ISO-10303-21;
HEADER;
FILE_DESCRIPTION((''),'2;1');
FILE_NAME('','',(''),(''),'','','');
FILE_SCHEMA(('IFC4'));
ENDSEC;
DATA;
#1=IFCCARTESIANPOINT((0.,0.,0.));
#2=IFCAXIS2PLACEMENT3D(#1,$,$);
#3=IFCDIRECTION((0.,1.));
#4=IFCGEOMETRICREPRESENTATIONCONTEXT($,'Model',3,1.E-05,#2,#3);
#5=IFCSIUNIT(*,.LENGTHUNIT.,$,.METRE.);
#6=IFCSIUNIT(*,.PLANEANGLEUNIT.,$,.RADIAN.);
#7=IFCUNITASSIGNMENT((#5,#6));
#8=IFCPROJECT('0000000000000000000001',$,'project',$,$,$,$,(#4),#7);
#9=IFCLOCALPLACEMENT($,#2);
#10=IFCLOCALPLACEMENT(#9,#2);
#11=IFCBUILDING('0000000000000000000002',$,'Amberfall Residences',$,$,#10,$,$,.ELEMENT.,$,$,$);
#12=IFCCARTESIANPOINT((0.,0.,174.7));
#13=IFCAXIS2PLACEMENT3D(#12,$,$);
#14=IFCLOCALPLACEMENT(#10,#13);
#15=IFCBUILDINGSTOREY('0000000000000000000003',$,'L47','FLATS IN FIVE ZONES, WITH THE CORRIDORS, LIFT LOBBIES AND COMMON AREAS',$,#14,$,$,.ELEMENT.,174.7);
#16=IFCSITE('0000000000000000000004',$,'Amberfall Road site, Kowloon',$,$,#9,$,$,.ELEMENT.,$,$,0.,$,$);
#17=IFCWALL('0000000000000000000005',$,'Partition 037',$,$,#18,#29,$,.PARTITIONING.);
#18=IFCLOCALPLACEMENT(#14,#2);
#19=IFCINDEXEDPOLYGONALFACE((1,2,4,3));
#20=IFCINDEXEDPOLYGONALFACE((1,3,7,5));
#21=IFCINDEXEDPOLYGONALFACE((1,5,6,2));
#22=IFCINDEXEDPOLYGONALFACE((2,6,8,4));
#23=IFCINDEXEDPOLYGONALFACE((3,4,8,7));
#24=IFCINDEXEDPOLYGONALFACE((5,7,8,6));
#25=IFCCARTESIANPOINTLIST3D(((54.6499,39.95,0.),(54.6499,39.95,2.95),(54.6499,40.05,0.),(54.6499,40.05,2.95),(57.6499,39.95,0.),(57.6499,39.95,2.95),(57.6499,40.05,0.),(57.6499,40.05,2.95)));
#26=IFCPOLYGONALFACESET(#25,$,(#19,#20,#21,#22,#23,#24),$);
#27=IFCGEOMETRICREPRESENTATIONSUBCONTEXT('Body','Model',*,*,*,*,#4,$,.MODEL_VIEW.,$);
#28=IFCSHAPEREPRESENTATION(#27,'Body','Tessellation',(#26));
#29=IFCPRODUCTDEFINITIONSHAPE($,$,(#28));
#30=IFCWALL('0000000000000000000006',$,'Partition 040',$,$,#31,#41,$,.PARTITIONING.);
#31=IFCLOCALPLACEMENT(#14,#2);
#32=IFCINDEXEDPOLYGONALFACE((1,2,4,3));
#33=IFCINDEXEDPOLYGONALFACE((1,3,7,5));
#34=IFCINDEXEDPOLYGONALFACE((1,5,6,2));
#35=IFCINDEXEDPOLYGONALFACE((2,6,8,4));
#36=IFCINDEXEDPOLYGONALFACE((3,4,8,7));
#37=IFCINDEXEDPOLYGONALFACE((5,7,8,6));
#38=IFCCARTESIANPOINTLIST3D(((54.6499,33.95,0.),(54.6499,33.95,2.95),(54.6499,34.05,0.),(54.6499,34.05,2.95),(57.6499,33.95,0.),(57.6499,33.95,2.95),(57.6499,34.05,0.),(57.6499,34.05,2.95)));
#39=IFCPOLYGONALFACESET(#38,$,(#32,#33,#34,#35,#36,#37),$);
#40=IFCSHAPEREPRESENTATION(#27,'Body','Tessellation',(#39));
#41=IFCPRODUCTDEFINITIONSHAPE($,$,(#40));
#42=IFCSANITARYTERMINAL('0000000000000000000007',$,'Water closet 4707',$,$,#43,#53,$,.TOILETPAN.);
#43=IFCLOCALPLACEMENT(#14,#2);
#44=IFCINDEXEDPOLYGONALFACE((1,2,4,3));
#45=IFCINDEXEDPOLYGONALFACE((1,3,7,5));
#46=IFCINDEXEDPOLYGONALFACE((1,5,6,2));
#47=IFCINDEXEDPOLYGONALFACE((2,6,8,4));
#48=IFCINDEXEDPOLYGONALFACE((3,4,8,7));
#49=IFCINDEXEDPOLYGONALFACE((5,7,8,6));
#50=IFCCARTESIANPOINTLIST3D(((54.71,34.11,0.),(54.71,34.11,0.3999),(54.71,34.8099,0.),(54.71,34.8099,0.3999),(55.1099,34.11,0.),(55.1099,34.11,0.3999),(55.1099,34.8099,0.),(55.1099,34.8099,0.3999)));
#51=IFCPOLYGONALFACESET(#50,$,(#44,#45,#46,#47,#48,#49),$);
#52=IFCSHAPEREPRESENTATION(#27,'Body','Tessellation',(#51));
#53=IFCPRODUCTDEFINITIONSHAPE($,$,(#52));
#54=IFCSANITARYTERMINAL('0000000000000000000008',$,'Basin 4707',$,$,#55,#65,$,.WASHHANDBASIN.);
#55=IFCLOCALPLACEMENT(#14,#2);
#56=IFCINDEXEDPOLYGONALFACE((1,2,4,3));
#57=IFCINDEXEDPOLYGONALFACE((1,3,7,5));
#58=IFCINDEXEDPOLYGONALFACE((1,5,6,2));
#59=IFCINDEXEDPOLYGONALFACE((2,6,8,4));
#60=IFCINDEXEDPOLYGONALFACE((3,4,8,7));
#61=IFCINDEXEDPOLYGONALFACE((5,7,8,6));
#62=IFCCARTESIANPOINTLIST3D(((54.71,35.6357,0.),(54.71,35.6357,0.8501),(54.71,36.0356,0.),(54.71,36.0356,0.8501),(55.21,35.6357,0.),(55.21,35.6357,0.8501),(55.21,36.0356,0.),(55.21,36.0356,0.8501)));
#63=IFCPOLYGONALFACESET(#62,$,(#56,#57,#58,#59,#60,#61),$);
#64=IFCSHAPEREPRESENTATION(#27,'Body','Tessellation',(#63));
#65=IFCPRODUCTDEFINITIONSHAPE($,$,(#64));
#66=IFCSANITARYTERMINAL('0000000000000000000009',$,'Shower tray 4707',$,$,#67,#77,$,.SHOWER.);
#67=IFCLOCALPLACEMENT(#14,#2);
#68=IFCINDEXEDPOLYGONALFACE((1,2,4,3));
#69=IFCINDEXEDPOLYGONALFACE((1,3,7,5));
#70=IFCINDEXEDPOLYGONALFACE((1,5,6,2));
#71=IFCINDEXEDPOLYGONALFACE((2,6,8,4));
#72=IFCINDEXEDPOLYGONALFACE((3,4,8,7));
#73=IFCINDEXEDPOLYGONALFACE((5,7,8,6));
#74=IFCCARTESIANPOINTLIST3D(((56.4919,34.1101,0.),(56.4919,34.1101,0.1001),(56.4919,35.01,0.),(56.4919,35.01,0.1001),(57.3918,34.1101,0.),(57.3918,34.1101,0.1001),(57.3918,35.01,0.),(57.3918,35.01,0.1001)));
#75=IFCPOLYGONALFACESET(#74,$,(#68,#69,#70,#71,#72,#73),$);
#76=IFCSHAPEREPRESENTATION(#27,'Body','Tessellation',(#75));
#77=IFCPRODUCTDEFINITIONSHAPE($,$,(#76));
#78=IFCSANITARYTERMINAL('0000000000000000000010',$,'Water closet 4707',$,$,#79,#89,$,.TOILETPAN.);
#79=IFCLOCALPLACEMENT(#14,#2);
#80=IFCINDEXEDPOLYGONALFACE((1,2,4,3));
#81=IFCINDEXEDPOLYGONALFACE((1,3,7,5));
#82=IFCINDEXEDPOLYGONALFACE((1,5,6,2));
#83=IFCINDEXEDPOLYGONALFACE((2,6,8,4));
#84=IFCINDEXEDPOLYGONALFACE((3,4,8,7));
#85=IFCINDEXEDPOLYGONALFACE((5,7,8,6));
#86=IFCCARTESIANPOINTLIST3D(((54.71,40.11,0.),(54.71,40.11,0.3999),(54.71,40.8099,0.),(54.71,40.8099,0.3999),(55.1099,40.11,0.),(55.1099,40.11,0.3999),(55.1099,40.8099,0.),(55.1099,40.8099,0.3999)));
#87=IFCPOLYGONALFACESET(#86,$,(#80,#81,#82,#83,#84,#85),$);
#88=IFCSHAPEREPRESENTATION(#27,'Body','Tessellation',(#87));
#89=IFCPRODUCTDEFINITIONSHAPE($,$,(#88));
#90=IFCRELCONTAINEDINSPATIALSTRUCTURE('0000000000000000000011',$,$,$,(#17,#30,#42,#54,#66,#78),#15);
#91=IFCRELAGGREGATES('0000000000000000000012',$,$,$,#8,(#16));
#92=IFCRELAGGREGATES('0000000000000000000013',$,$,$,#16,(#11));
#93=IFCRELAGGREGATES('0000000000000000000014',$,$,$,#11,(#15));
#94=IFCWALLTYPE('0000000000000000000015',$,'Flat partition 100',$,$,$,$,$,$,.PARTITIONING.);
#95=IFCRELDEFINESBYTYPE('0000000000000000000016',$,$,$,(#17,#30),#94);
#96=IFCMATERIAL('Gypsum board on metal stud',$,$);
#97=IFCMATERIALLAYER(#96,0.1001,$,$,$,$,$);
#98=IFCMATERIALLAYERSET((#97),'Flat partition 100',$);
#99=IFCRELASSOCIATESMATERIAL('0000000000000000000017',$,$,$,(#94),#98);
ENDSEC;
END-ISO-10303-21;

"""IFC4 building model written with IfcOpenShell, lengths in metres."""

from ifc_helpers import new_model, si_unit, direction, frame, frame_2d, origin, origin_2d, place, context, subcontext, project, spatial, rectangle, extrude, material, layer, layer_set, type_object, element, save


model = new_model("IFC4")

# Units and contexts
model_context = context("Model", 3, precision=1e-05, world=origin(), true_north=direction((0.0, 1.0)))
body_context = subcontext(model_context, "Body", "Model", "MODEL_VIEW")
ifc_project = project(units=[si_unit("LENGTHUNIT", "METRE"), si_unit("PLANEANGLEUNIT", "RADIAN")], contexts=[model_context])

# Site, building, storey
site_placement = place(None, origin())
site = spatial("IfcSite", under=ifc_project, at=site_placement, Name="Amberfall Road site, Kowloon", CompositionType="ELEMENT", RefElevation=0.0)
building_placement = place(site_placement, origin())
building = spatial("IfcBuilding", under=site, at=building_placement, Name="Amberfall Residences", CompositionType="ELEMENT")
storey_placement = place(building_placement, frame((0.0, 0.0, 174.7)))
storey = spatial("IfcBuildingStorey", under=building, at=storey_placement, Name="L47", Description="FLATS IN FIVE ZONES, WITH THE CORRIDORS, LIFT LOBBIES AND COMMON AREAS", CompositionType="ELEMENT", Elevation=174.7)

# Shared definitions
ifc_material_1 = material(Name="Gypsum board on metal stud")
ifc_layer_1 = layer(ifc_material_1, 0.1001)
ifc_layer_set_1 = layer_set([ifc_layer_1], Name="Flat partition 100")
wall_type_1 = type_object("IfcWallType", Name="Flat partition 100", PredefinedType="PARTITIONING", material=ifc_layer_set_1)

# Walls
for number, where, z_axis, x_axis, name in (
    (1, (54.6499, 40.0, 0.0), (0.0, 0.0, 1.0), (1.0, 0.0, 0.0), "Partition 037"),
    (2, (54.6499, 34.0, 0.0), (0.0, 0.0, 1.0), (1.0, 0.0, 0.0), "Partition 040"),
):
    element("IfcWall", number, at=place(storey_placement, frame(where, z_axis=z_axis, x_axis=x_axis)), inside=storey, type_object=wall_type_1, Name=name, PredefinedType="PARTITIONING", context=body_context, shape_type="SweptSolid", body=[
        extrude(rectangle(XDim=3.0, YDim=0.1001, at=frame_2d((1.5, 0.0))), origin(), (0.0, 0.0, 1.0), 2.95),
    ])

# Sanitary terminals
sanitary_terminal_1_placement = place(storey_placement, frame((54.9099, 34.46, 0.0), z_axis=(0.0, 0.0, 1.0), x_axis=(1.0, 0.0, 0.0)))
element("IfcSanitaryTerminal", 3, at=sanitary_terminal_1_placement, inside=storey, Name="Water closet 4707", PredefinedType="TOILETPAN", context=body_context, shape_type="SweptSolid", body=[
    extrude(rectangle(XDim=0.3999, YDim=0.7, at=origin_2d()), origin(), (0.0, 0.0, 1.0), 0.3999),
])
sanitary_terminal_2_placement = place(storey_placement, frame((54.96, 35.8357, 0.0), z_axis=(0.0, 0.0, 1.0), x_axis=(1.0, 0.0, 0.0)))
element("IfcSanitaryTerminal", 4, at=sanitary_terminal_2_placement, inside=storey, Name="Basin 4707", PredefinedType="WASHHANDBASIN", context=body_context, shape_type="SweptSolid", body=[
    extrude(rectangle(XDim=0.5, YDim=0.3999, at=origin_2d()), origin(), (0.0, 0.0, 1.0), 0.8501),
])
sanitary_terminal_3_placement = place(storey_placement, frame((56.9419, 34.5601, 0.0), z_axis=(0.0, 0.0, 1.0), x_axis=(1.0, 0.0, 0.0)))
element("IfcSanitaryTerminal", 5, at=sanitary_terminal_3_placement, inside=storey, Name="Shower tray 4707", PredefinedType="SHOWER", context=body_context, shape_type="SweptSolid", body=[
    extrude(rectangle(XDim=0.8999, YDim=0.8999, at=origin_2d()), origin(), (0.0, 0.0, 1.0), 0.1001),
])
sanitary_terminal_4_placement = place(storey_placement, frame((54.9099, 40.46, 0.0), z_axis=(0.0, 0.0, 1.0), x_axis=(1.0, 0.0, 0.0)))
element("IfcSanitaryTerminal", 6, at=sanitary_terminal_4_placement, inside=storey, Name="Water closet 4707", PredefinedType="TOILETPAN", context=body_context, shape_type="SweptSolid", body=[
    extrude(rectangle(XDim=0.3999, YDim=0.7, at=origin_2d()), origin(), (0.0, 0.0, 1.0), 0.3999),
])

save(model, "model.ifc")
